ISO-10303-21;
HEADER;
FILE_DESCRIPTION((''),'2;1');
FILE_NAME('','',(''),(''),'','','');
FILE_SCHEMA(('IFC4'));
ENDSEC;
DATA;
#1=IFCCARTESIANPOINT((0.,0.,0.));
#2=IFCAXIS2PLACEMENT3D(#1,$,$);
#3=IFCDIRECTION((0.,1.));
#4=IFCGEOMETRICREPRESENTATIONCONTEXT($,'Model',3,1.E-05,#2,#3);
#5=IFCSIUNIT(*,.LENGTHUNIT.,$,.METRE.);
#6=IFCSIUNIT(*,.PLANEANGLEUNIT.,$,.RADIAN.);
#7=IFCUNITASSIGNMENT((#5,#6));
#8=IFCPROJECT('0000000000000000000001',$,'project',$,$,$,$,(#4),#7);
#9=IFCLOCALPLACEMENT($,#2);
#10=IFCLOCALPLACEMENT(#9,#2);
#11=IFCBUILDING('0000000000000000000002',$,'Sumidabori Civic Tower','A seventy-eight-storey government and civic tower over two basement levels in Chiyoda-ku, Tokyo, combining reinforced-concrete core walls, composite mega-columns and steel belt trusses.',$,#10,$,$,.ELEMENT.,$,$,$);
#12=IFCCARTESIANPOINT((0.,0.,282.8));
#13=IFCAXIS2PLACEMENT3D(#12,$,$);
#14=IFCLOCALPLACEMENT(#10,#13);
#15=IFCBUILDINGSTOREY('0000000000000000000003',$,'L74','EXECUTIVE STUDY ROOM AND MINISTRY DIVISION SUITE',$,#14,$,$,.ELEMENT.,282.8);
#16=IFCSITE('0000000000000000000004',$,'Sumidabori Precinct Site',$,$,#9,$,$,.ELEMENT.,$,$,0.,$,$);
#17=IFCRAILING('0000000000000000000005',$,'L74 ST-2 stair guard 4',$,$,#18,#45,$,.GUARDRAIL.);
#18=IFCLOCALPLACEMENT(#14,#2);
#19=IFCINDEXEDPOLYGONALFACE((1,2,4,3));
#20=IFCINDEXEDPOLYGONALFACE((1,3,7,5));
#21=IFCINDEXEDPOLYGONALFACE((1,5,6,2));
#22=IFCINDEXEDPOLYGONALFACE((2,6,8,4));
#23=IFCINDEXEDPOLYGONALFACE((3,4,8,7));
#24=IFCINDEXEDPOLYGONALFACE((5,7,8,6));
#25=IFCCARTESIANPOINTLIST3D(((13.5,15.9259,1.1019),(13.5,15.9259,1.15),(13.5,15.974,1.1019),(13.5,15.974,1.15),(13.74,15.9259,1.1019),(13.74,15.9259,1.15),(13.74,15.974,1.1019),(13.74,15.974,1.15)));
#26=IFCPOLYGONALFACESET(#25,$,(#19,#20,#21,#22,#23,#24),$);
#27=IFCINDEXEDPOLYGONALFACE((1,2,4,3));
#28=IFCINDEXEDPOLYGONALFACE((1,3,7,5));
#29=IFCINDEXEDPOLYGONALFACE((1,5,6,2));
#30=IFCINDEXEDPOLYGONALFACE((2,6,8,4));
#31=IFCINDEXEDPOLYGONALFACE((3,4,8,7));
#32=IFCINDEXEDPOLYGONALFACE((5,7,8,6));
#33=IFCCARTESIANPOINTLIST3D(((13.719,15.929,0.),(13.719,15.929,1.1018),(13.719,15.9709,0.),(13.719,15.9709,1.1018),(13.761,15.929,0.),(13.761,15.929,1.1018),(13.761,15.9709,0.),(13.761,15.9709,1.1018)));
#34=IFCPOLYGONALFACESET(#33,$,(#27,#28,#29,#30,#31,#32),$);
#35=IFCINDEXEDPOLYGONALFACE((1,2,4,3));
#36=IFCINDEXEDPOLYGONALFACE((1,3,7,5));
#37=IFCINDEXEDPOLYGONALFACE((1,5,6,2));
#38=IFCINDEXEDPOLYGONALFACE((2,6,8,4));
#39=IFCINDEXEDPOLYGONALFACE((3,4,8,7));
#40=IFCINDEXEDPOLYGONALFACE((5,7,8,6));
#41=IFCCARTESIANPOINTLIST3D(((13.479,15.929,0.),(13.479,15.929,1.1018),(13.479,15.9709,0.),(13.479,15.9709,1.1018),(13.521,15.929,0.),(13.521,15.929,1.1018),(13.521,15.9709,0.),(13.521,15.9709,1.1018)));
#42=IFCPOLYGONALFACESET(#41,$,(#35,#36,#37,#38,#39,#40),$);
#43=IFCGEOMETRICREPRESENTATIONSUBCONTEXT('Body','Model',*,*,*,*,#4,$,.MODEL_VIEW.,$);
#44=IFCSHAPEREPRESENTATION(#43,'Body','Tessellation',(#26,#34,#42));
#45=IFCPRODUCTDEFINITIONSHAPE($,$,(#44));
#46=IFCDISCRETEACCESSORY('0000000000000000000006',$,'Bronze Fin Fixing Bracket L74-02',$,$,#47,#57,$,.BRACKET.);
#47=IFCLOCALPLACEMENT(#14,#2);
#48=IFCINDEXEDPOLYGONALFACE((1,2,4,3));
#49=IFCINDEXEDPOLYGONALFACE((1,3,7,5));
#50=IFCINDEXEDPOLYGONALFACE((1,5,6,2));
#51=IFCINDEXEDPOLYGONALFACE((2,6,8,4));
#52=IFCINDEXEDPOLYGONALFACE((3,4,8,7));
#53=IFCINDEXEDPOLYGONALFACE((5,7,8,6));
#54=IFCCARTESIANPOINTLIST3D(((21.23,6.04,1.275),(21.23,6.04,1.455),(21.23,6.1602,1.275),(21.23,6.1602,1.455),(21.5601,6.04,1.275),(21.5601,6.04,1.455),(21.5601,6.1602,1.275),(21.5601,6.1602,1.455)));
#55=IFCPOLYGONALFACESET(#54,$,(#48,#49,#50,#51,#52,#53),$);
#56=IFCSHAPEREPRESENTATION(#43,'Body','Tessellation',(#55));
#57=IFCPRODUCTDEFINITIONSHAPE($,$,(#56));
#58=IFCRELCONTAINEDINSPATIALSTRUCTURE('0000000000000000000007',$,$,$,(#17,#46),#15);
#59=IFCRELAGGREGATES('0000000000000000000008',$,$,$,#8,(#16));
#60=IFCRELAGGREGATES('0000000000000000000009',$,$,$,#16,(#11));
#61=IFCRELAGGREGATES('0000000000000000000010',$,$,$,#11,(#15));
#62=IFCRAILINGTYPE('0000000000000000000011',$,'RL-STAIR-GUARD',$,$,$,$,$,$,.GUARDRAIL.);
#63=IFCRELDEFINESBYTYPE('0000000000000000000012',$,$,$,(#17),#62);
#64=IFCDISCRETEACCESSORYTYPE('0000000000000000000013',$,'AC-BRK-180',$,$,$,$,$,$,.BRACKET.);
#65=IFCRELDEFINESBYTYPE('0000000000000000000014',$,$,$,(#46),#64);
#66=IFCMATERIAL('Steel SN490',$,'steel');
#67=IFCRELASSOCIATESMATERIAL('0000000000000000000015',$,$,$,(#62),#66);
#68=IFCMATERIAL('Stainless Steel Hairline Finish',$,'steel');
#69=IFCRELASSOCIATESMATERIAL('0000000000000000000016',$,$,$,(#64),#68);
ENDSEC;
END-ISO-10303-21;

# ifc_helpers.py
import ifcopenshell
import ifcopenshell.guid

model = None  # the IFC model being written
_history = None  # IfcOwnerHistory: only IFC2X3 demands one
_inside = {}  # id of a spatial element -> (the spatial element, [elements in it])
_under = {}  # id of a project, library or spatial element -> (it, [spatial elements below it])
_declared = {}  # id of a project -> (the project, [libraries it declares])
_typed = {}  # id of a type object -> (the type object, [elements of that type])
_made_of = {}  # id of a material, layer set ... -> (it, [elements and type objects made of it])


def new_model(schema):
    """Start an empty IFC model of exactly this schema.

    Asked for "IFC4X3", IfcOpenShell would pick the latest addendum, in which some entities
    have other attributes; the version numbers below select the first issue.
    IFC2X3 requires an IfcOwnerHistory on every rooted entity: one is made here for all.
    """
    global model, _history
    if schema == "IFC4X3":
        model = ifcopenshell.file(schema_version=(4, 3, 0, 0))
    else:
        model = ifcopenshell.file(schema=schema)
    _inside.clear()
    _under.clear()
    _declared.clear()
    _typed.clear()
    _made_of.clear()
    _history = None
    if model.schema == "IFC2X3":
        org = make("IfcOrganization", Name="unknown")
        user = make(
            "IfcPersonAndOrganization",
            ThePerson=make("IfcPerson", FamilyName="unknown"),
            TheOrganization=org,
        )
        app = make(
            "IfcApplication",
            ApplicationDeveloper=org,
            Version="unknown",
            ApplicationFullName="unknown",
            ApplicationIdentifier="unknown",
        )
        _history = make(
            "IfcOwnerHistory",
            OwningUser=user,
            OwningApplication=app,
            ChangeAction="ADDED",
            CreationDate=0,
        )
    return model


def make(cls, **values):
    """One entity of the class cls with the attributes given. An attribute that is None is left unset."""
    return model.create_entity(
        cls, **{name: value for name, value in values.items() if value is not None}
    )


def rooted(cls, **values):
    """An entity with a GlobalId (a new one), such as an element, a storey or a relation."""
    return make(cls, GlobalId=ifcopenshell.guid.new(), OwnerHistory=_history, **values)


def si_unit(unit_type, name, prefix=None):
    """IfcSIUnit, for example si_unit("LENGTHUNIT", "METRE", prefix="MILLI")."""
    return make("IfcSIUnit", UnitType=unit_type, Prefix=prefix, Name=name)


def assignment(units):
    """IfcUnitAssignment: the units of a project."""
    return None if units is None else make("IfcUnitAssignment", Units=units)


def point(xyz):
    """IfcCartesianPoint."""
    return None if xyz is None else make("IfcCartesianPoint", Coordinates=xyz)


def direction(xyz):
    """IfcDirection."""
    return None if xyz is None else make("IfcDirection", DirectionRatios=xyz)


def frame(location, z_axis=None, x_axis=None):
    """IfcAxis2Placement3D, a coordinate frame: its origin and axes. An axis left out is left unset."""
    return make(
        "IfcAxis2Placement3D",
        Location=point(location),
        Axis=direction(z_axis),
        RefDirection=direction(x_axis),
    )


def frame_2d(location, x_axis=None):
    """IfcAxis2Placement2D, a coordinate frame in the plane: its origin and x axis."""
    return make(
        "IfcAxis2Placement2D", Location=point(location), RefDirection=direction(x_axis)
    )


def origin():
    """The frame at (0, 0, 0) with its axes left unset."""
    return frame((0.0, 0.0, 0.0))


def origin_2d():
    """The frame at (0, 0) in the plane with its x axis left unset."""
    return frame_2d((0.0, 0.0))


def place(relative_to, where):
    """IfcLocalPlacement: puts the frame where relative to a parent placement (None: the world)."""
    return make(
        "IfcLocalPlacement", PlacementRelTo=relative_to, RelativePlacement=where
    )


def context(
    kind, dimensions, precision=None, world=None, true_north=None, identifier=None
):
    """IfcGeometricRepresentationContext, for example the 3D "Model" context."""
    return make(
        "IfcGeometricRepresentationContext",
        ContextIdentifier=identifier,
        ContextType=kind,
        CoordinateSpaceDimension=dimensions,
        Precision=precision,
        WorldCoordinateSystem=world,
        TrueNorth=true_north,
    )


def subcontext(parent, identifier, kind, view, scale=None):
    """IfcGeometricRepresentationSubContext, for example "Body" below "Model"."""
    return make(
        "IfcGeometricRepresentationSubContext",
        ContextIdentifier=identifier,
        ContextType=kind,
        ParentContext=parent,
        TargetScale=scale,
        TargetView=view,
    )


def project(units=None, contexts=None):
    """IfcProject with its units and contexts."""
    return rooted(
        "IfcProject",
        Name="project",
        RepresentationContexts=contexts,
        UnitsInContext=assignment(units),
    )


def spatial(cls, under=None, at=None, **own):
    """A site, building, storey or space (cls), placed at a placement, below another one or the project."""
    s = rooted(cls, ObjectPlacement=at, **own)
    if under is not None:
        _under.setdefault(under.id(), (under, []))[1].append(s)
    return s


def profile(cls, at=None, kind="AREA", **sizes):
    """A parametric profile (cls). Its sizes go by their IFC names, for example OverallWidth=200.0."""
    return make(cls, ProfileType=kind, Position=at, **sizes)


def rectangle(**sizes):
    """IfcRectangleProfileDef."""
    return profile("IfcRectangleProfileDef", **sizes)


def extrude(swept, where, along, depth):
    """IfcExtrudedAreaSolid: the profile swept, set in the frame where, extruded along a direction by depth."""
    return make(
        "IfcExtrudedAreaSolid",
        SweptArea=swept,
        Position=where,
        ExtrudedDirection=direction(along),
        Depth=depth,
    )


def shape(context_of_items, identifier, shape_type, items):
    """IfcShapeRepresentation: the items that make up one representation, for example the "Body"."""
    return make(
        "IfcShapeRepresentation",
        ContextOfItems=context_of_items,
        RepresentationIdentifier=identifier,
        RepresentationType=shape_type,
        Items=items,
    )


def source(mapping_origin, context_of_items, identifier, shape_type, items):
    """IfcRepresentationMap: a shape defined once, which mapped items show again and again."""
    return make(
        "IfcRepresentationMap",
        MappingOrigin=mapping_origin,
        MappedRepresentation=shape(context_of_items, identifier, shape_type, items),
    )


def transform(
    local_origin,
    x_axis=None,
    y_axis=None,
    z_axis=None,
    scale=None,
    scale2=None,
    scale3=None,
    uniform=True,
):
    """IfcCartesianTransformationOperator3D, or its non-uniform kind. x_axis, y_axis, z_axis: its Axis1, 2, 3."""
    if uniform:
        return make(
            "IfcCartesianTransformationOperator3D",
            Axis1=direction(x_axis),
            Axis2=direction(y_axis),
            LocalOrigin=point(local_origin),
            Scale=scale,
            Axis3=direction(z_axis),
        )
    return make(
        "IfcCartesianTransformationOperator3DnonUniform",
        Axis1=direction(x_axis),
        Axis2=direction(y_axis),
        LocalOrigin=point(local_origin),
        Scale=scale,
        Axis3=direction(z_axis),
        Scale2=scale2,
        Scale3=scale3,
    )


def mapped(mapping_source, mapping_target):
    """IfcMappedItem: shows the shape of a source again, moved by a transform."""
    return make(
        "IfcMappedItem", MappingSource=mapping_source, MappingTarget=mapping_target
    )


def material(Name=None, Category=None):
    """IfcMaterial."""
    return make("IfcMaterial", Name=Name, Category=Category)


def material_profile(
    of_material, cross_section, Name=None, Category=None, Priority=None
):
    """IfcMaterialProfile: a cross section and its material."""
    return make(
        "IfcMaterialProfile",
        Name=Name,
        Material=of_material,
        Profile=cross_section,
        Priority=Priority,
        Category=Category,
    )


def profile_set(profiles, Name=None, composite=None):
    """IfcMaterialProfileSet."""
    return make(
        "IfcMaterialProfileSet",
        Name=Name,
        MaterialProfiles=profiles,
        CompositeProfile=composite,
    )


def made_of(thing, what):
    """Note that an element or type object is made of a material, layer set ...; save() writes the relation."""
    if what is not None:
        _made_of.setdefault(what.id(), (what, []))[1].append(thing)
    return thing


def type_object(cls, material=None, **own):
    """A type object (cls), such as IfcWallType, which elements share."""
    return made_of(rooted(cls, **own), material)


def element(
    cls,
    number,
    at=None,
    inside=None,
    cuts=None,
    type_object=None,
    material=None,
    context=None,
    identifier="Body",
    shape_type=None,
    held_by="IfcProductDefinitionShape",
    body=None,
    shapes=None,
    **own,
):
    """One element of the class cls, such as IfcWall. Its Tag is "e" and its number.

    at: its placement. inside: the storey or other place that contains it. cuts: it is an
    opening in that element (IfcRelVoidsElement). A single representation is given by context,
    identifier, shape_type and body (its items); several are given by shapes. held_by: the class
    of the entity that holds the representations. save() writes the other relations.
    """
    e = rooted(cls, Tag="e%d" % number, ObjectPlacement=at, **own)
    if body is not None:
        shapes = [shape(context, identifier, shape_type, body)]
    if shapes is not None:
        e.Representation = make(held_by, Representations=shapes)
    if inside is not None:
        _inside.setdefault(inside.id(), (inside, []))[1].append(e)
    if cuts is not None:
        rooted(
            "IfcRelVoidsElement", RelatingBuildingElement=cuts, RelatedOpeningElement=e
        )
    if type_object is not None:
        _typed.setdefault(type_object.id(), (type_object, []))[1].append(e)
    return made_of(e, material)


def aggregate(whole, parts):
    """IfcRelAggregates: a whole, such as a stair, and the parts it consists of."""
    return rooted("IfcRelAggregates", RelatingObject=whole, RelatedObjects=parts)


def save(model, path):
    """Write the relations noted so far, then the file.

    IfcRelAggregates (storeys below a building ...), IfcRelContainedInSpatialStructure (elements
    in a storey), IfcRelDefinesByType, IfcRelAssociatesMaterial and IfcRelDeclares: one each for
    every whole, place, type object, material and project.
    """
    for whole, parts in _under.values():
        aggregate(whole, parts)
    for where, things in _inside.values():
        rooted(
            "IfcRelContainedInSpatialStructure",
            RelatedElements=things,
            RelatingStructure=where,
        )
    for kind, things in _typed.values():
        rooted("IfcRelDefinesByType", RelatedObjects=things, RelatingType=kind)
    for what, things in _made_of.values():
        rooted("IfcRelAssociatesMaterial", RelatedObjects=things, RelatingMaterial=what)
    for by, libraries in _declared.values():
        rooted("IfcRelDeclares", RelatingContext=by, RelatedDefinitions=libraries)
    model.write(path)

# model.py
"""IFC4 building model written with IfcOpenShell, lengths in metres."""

from ifc_helpers import new_model, si_unit, direction, frame, origin, origin_2d, place, context, subcontext, project, spatial, rectangle, extrude, source, transform, mapped, material, material_profile, profile_set, type_object, element, save


model = new_model("IFC4")

# Units and contexts
model_context = context("Model", 3, precision=1e-05, world=origin(), true_north=direction((0.0, 1.0)))
body_context = subcontext(model_context, "Body", "Model", "MODEL_VIEW")
ifc_project = project(units=[si_unit("LENGTHUNIT", "METRE"), si_unit("PLANEANGLEUNIT", "RADIAN")], contexts=[model_context])

# Site, building, storey
site_placement = place(None, origin())
site = spatial("IfcSite", under=ifc_project, at=site_placement, Name="Sumidabori Precinct Site", CompositionType="ELEMENT", RefElevation=0.0)
building_placement = place(site_placement, origin())
building = spatial("IfcBuilding", under=site, at=building_placement, Name="Sumidabori Civic Tower", Description="A seventy-eight-storey government and civic tower over two basement levels in Chiyoda-ku, Tokyo, combining reinforced-concrete core walls, composite mega-columns and steel belt trusses.", CompositionType="ELEMENT")
storey_placement = place(building_placement, frame((0.0, 0.0, 282.8)))
storey = spatial("IfcBuildingStorey", under=building, at=storey_placement, Name="L74", Description="EXECUTIVE STUDY ROOM AND MINISTRY DIVISION SUITE", CompositionType="ELEMENT", Elevation=282.8)

# Shared definitions
ifc_material_1 = material(Name="Steel SN490", Category="steel")

# Railing
ifc_material_2 = material(Name="Stainless Steel Hairline Finish", Category="steel")
railing_type_1 = type_object("IfcRailingType", Name="RL-STAIR-GUARD", PredefinedType="GUARDRAIL", material=ifc_material_1)
railing_1_placement = place(storey_placement, frame((13.74, 15.95, 0.0)))
element("IfcRailing", 1, at=railing_1_placement, inside=storey, type_object=railing_type_1, Name="L74 ST-2 stair guard 4", PredefinedType="GUARDRAIL", context=body_context, shape_type="SweptSolid", body=[
    extrude(rectangle(XDim=0.0481, YDim=0.0481, at=origin_2d()), frame((0.0, 0.0, 1.126), z_axis=(-1.0, 0.0, 0.0), x_axis=(0.0, -1.0, 0.0)), (0.0, 0.0, 1.0), 0.24),
    extrude(rectangle(XDim=0.042, YDim=0.042, at=origin_2d()), origin(), (0.0, 0.0, 1.0), 1.1018),
    extrude(rectangle(XDim=0.042, YDim=0.042, at=origin_2d()), frame((-0.24, 0.0, 0.0)), (0.0, 0.0, 1.0), 1.1018),
])

# Discrete accessory
ifc_material_profile_1 = material_profile(ifc_material_2, rectangle(XDim=0.1201, YDim=0.1799, at=origin_2d()), Name="STEEL BRACKET 180x120")
ifc_profile_set_1 = profile_set([ifc_material_profile_1], Name="Stainless Steel Hairline Finish")
discrete_accessory_type = type_object("IfcDiscreteAccessoryType", Name="AC-BRK-180", PredefinedType="BRACKET", material=ifc_profile_set_1)
shared_shape_1 = source(origin(), body_context, "Body", "SweptSolid", [
    extrude(rectangle(XDim=0.1201, YDim=0.1799, at=origin_2d()), origin(), (0.0, 0.0, 1.0), 0.3301),
])
discrete_accessory_placement = place(storey_placement, frame((21.23, 6.1001, 1.365), z_axis=(1.0, 0.0, 0.0), x_axis=(0.0, 1.0, 0.0)))
element("IfcDiscreteAccessory", 2, at=discrete_accessory_placement, inside=storey, type_object=discrete_accessory_type, Name="Bronze Fin Fixing Bracket L74-02", PredefinedType="BRACKET", context=body_context, shape_type="MappedRepresentation", body=[
    mapped(shared_shape_1, transform((0.0, 0.0, 0.0), x_axis=(1.0, 0.0, 0.0), y_axis=(0.0, 1.0, 0.0), z_axis=(0.0, 0.0, 1.0), scale=1.0)),
])

save(model, "model.ifc")
